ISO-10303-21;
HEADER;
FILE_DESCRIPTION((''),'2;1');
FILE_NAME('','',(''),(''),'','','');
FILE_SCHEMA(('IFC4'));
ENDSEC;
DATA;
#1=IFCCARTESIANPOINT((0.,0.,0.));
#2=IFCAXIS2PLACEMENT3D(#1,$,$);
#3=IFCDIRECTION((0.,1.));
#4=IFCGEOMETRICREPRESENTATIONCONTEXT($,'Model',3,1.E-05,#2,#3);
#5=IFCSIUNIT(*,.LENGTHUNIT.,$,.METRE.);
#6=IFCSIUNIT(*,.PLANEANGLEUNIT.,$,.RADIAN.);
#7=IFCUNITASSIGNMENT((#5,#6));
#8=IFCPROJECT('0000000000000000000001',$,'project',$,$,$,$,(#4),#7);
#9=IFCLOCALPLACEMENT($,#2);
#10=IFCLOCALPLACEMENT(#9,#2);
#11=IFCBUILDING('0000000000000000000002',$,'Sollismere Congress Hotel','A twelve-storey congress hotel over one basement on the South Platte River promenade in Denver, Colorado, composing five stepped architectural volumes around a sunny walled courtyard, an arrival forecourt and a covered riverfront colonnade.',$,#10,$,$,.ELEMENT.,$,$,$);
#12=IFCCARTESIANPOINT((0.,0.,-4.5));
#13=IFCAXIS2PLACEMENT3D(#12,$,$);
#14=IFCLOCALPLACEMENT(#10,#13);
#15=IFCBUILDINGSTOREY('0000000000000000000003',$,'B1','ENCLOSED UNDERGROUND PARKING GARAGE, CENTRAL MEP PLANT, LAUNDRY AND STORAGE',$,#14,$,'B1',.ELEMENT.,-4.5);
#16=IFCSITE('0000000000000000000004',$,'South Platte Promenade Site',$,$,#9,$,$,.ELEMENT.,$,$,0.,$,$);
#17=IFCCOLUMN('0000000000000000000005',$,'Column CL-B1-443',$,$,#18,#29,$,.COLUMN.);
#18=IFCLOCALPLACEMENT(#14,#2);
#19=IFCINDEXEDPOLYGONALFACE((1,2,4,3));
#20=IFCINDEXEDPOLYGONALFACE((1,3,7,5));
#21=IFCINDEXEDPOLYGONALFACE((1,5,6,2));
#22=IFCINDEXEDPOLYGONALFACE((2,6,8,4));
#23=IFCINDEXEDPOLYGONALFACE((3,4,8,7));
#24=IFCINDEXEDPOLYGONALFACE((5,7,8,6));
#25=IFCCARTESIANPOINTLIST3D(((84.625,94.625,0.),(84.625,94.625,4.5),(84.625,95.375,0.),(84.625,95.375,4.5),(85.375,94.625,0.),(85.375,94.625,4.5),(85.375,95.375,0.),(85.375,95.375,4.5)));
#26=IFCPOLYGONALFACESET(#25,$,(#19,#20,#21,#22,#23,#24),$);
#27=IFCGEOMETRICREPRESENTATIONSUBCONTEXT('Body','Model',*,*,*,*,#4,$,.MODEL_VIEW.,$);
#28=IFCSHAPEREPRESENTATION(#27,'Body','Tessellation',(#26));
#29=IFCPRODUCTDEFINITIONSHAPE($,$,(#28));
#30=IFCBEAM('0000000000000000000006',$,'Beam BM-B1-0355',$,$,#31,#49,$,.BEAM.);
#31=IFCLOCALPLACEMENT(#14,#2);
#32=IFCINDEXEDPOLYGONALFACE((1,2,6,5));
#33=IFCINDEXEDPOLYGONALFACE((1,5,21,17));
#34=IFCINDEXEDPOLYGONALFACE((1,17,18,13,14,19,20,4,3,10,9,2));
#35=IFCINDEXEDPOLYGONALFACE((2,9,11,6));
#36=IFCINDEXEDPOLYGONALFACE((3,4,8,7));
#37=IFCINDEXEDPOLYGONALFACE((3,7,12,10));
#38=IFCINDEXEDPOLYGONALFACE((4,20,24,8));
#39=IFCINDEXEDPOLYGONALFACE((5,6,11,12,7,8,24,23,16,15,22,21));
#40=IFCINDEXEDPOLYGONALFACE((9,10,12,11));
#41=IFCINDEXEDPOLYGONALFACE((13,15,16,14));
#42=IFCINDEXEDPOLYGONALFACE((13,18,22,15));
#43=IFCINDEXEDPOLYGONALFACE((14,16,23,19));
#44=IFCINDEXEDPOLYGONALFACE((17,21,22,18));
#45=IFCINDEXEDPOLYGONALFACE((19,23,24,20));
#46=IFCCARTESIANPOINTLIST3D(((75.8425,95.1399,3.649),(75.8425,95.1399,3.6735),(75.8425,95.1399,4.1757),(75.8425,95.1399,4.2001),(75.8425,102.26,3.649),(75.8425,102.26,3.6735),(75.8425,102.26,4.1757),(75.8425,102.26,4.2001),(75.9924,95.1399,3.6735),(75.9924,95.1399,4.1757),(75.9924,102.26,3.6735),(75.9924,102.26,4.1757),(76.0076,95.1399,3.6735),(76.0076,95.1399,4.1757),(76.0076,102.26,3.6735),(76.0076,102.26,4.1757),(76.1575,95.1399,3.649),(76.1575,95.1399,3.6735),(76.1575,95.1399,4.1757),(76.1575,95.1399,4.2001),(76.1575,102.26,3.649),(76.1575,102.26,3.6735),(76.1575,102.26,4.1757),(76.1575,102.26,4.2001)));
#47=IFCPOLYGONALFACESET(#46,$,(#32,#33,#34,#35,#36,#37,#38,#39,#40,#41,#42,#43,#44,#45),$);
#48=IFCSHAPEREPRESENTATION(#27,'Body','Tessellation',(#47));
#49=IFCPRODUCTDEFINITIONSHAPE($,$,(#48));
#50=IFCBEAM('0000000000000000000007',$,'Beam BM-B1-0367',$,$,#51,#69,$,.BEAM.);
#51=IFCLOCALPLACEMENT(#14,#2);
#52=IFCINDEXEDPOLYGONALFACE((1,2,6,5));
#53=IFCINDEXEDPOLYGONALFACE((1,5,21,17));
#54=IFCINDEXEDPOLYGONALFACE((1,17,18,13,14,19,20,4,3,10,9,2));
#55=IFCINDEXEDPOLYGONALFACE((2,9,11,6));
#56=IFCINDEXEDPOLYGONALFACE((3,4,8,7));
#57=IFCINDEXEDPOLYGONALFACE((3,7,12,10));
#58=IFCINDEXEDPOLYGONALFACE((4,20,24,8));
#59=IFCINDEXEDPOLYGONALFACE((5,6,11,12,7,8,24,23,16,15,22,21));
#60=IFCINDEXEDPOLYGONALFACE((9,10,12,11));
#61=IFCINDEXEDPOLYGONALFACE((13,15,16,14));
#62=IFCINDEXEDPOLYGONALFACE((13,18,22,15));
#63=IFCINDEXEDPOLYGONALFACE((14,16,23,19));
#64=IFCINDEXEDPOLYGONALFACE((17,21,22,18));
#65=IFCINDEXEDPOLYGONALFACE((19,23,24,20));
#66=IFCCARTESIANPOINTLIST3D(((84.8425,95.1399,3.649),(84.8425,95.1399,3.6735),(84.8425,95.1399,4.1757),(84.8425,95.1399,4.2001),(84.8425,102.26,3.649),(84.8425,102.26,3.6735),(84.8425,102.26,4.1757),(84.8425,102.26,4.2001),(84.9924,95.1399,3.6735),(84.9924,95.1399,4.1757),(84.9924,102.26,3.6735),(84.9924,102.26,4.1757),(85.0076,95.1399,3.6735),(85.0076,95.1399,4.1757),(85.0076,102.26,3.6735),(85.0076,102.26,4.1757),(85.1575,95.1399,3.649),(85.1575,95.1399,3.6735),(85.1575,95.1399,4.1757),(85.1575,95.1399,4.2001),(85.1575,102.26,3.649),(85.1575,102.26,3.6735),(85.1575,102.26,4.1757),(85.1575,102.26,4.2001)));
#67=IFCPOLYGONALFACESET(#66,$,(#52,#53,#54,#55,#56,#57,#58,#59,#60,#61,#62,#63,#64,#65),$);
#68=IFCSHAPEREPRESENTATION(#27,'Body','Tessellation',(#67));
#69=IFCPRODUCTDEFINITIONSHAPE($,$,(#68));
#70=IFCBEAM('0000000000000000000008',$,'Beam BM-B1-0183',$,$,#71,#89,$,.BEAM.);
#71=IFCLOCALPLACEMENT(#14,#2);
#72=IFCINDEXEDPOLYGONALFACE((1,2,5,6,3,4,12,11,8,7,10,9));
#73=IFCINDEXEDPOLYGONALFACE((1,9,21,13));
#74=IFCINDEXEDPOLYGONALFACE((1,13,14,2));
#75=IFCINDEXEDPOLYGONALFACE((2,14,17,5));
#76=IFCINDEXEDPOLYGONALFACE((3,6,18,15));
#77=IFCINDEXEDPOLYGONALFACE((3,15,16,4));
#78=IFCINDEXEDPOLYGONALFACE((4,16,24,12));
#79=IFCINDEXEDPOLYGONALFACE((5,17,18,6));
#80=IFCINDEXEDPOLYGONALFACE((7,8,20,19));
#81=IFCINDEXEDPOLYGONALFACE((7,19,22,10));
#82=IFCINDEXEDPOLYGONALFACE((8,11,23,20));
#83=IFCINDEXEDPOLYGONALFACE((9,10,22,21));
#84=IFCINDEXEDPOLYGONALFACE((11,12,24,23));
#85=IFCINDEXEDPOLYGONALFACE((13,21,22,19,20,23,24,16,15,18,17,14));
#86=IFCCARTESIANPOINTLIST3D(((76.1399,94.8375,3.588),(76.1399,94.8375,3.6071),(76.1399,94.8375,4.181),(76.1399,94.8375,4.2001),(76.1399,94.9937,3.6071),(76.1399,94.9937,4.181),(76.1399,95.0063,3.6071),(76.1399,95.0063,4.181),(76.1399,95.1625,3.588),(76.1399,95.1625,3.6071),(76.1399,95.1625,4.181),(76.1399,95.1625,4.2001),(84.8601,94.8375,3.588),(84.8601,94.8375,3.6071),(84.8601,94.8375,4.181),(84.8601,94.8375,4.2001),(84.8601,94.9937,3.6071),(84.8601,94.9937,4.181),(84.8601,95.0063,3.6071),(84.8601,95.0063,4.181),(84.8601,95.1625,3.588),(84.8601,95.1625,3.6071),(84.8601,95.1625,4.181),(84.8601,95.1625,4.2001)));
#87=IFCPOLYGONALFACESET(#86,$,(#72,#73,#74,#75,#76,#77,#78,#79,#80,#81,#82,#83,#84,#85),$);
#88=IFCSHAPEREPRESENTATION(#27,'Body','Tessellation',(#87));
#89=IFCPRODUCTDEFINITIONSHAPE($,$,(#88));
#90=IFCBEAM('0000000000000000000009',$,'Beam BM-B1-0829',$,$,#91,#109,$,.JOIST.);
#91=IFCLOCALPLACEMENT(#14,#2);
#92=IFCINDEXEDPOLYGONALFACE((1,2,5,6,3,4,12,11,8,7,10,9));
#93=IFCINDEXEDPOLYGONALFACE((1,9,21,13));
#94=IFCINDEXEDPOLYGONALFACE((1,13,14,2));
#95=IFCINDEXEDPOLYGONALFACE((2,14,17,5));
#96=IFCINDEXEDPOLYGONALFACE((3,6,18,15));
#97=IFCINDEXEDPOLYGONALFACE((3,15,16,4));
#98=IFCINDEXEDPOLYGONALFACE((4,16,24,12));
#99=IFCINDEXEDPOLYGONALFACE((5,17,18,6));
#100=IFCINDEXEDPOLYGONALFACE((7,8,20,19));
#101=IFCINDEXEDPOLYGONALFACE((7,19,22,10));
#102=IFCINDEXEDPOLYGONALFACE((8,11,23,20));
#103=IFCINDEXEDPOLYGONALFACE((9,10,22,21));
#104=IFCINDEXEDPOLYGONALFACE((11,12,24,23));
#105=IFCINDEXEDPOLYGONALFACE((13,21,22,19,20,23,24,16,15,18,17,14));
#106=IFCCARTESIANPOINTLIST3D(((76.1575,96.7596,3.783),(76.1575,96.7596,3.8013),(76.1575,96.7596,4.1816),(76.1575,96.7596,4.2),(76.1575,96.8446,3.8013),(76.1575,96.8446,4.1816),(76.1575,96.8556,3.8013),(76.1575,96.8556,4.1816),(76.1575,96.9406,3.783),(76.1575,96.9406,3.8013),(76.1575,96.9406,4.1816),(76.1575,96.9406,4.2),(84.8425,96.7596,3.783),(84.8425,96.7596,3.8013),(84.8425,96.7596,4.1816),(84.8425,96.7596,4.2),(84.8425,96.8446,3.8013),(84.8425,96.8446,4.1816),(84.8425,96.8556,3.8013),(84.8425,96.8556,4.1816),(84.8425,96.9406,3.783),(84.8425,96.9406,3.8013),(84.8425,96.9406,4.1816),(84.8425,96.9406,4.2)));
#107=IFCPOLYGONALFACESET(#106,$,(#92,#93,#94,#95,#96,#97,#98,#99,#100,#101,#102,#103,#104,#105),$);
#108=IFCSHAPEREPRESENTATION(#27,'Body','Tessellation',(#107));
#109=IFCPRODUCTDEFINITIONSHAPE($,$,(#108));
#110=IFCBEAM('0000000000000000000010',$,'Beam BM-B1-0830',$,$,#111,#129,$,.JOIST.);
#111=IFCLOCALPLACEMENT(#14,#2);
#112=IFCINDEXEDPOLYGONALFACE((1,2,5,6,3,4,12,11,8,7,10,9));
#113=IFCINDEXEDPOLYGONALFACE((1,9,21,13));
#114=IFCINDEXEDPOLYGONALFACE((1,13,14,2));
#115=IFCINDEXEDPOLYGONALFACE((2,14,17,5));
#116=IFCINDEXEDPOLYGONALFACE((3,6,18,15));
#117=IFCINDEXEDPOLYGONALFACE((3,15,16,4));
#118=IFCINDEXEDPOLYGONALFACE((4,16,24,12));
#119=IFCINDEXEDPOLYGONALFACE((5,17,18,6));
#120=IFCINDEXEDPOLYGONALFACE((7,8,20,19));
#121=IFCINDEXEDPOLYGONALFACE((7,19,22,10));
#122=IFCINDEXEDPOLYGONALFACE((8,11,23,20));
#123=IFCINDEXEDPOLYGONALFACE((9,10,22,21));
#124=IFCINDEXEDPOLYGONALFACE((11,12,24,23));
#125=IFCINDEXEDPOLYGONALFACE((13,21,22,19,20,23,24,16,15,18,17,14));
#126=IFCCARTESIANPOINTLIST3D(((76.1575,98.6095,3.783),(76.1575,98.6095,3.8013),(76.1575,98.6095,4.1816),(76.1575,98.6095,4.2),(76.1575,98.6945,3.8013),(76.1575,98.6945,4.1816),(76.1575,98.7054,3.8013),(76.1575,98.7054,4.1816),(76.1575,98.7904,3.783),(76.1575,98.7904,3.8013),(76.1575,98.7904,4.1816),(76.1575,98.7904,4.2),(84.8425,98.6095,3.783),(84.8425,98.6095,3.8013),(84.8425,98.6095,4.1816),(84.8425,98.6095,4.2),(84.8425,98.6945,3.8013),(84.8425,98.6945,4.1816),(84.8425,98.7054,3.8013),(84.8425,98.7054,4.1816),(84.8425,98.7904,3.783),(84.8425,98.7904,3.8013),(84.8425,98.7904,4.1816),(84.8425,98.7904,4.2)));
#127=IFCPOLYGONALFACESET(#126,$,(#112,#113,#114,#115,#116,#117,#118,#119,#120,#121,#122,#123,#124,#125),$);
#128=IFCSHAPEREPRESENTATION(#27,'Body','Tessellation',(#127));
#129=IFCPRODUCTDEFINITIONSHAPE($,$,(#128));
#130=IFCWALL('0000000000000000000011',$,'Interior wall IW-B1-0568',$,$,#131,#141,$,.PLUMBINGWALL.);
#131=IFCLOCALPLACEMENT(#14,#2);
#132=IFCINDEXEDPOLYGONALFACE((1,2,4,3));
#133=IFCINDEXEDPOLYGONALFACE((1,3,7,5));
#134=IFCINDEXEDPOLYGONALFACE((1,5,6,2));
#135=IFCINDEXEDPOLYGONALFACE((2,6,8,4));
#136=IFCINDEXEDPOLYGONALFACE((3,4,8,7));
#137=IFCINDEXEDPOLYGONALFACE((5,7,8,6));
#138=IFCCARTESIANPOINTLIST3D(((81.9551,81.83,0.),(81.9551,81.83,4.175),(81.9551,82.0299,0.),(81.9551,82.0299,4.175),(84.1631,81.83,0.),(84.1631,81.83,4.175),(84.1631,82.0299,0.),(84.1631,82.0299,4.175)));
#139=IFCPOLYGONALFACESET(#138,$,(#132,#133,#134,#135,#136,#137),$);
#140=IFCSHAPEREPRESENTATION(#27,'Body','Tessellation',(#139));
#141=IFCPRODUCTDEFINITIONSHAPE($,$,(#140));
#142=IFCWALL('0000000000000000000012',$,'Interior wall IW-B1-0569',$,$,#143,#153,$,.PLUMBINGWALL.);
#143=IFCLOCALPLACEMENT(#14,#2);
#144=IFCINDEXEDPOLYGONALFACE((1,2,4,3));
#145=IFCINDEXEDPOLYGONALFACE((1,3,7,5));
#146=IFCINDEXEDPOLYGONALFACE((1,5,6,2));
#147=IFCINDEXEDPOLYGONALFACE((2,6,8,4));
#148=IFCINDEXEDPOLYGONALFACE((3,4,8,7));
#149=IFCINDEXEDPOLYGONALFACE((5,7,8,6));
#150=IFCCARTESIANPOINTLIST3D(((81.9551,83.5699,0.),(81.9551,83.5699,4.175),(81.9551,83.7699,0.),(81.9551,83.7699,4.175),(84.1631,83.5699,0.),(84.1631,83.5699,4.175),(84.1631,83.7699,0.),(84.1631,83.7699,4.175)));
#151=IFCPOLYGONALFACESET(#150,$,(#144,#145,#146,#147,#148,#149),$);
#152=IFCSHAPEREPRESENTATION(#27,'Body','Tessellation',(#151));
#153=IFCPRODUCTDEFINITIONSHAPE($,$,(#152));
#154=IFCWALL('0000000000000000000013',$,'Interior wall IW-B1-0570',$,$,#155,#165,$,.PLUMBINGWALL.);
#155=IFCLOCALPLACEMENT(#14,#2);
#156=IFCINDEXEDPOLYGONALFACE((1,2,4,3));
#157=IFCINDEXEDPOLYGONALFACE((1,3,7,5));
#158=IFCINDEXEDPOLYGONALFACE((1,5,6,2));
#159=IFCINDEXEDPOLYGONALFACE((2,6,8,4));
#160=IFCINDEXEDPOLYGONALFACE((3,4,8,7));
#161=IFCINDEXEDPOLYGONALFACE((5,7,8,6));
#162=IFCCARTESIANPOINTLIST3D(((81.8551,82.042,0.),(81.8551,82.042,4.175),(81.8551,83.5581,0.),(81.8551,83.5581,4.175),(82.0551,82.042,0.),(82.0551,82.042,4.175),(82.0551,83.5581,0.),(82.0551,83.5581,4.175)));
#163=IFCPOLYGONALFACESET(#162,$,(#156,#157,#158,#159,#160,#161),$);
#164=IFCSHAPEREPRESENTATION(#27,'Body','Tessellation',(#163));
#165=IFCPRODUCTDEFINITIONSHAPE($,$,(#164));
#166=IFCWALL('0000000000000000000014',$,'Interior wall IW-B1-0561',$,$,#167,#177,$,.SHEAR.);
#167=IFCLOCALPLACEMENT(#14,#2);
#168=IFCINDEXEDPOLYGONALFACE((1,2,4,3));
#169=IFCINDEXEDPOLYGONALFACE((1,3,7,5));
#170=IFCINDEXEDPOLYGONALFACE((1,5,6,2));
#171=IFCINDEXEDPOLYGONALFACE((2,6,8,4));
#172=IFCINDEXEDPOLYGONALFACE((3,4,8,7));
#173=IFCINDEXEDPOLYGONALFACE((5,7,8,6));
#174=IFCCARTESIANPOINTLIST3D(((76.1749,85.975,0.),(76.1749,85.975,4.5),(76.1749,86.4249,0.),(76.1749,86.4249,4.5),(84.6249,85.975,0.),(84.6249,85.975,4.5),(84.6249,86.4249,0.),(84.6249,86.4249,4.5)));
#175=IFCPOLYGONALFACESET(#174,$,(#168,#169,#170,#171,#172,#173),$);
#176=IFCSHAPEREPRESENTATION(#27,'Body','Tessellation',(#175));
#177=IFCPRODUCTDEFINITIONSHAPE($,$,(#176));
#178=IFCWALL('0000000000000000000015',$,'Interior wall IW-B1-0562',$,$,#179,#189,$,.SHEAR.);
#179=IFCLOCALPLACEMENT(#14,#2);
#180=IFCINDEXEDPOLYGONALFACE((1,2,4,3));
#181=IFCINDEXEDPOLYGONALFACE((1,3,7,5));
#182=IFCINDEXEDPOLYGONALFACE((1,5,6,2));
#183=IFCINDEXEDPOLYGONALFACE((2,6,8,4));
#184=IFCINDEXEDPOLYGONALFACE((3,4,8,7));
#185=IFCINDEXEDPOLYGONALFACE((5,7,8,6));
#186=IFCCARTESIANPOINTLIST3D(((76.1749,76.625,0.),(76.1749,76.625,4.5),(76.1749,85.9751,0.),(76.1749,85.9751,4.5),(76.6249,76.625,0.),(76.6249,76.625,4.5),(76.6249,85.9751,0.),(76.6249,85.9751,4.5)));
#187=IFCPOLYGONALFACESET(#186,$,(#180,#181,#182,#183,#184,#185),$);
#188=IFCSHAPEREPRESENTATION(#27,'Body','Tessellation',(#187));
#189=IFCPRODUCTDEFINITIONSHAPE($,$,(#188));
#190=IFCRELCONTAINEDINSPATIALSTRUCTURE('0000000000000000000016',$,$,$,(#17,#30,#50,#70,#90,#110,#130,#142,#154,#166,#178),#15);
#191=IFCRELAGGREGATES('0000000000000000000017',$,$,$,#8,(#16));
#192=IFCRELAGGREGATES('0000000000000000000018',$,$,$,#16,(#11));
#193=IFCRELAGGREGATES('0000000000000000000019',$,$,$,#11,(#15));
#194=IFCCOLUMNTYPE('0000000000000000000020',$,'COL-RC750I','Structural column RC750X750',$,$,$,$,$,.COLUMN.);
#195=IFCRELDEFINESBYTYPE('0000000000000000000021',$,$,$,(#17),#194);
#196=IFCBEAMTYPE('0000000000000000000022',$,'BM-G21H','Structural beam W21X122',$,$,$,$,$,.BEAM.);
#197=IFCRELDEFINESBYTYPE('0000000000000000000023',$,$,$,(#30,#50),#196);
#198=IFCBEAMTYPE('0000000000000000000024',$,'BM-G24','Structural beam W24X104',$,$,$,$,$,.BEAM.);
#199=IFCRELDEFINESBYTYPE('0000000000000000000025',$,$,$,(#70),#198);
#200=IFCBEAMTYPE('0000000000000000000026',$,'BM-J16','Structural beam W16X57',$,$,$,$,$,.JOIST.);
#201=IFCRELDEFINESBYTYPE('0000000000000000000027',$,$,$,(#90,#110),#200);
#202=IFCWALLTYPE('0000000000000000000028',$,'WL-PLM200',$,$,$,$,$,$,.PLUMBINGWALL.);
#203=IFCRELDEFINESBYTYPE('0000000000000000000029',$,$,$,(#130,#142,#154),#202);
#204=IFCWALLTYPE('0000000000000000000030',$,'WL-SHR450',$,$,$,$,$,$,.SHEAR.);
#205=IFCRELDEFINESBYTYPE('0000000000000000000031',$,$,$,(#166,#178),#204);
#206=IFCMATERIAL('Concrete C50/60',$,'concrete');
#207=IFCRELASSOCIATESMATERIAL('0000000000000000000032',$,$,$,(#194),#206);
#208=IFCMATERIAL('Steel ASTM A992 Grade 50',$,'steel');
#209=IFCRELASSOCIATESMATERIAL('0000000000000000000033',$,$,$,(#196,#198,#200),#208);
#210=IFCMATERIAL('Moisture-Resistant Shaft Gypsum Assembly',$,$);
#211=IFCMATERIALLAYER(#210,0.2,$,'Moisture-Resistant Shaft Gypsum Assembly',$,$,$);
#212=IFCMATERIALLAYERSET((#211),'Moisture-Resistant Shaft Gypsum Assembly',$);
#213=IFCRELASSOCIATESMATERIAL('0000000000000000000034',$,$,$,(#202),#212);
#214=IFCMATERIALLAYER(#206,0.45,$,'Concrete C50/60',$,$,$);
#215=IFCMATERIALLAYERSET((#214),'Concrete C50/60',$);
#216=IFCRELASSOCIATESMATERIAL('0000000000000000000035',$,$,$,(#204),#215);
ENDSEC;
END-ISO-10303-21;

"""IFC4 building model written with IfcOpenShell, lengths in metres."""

from ifc_helpers import new_model, si_unit, direction, frame, frame_2d, origin, origin_2d, place, context, subcontext, project, spatial, rectangle, i_section, extrude, material, layer, layer_set, material_profile, profile_set, type_object, element, save


model = new_model("IFC4")

# Units and contexts
model_context = context("Model", 3, precision=1e-05, world=origin(), true_north=direction((0.0, 1.0)))
body_context = subcontext(model_context, "Body", "Model", "MODEL_VIEW")
ifc_project = project(units=[si_unit("LENGTHUNIT", "METRE"), si_unit("PLANEANGLEUNIT", "RADIAN")], contexts=[model_context])

# Site, building, storey
site_placement = place(None, origin())
site = spatial("IfcSite", under=ifc_project, at=site_placement, Name="South Platte Promenade Site", CompositionType="ELEMENT", RefElevation=0.0)
building_placement = place(site_placement, origin())
building = spatial("IfcBuilding", under=site, at=building_placement, Name="Sollismere Congress Hotel", Description="A twelve-storey congress hotel over one basement on the South Platte River promenade in Denver, Colorado, composing five stepped architectural volumes around a sunny walled courtyard, an arrival forecourt and a covered riverfront colonnade.", CompositionType="ELEMENT")
storey_placement = place(building_placement, frame((0.0, 0.0, -4.5)))
storey = spatial("IfcBuildingStorey", under=building, at=storey_placement, Name="B1", Description="ENCLOSED UNDERGROUND PARKING GARAGE, CENTRAL MEP PLANT, LAUNDRY AND STORAGE", LongName="B1", CompositionType="ELEMENT", Elevation=-4.5)

# Column
ifc_material_1 = material(Name="Concrete C50/60", Category="concrete")
ifc_material_profile_1 = material_profile(ifc_material_1, rectangle(XDim=0.75, YDim=0.75, at=origin_2d()), Name="RC750X750")
ifc_profile_set_1 = profile_set([ifc_material_profile_1], Name="Concrete C50/60")
column_type = type_object("IfcColumnType", Name="COL-RC750I", Description="Structural column RC750X750", PredefinedType="COLUMN", material=ifc_profile_set_1)
column_placement = place(storey_placement, frame((85.0, 95.0, 0.0), z_axis=(0.0, 0.0, 1.0), x_axis=(1.0, 0.0, 0.0)))
element("IfcColumn", 1, at=column_placement, inside=storey, type_object=column_type, Name="Column CL-B1-443", PredefinedType="COLUMN", context=body_context, shape_type="SweptSolid", body=[
    extrude(rectangle(XDim=0.75, YDim=0.75, at=origin_2d()), origin(), (0.0, 0.0, 1.0), 4.5),
])

# Beams
ifc_material_2 = material(Name="Steel ASTM A992 Grade 50", Category="steel")
ifc_material_profile_2 = material_profile(ifc_material_2, i_section(OverallWidth=0.3149, OverallDepth=0.551, WebThickness=0.0151, FlangeThickness=0.0244, at=origin_2d()), Name="W21X122")
ifc_profile_set_2 = profile_set([ifc_material_profile_2], Name="Steel ASTM A992 Grade 50")
beam_type_1 = type_object("IfcBeamType", Name="BM-G21H", Description="Structural beam W21X122", PredefinedType="BEAM", material=ifc_profile_set_2)
for number, where, z_axis, x_axis, name in (
    (2, (76.0, 95.1399, 3.9246), (0.0, 1.0, 0.0), (-1.0, 0.0, 0.0), "Beam BM-B1-0355"),
    (3, (85.0, 95.1399, 3.9246), (0.0, 1.0, 0.0), (-1.0, 0.0, 0.0), "Beam BM-B1-0367"),
):
    element("IfcBeam", number, at=place(storey_placement, frame(where, z_axis=z_axis, x_axis=x_axis)), inside=storey, type_object=beam_type_1, Name=name, PredefinedType="BEAM", context=body_context, shape_type="SweptSolid", body=[
        extrude(i_section(OverallWidth=0.3149, OverallDepth=0.551, WebThickness=0.0151, FlangeThickness=0.0244, at=origin_2d()), origin(), (0.0, 0.0, 1.0), 7.1201),
    ])
ifc_material_profile_3 = material_profile(ifc_material_2, i_section(OverallWidth=0.325, OverallDepth=0.6121, WebThickness=0.0127, FlangeThickness=0.019, at=origin_2d()), Name="W24X104")
ifc_profile_set_3 = profile_set([ifc_material_profile_3], Name="Steel ASTM A992 Grade 50")
beam_type_2 = type_object("IfcBeamType", Name="BM-G24", Description="Structural beam W24X104", PredefinedType="BEAM", material=ifc_profile_set_3)
beam_placement = place(storey_placement, frame((76.1399, 95.0, 3.894), z_axis=(1.0, 0.0, 0.0), x_axis=(0.0, 1.0, 0.0)))
element("IfcBeam", 4, at=beam_placement, inside=storey, type_object=beam_type_2, Name="Beam BM-B1-0183", PredefinedType="BEAM", context=body_context, shape_type="SweptSolid", body=[
    extrude(i_section(OverallWidth=0.325, OverallDepth=0.6121, WebThickness=0.0127, FlangeThickness=0.019, at=origin_2d()), origin(), (0.0, 0.0, 1.0), 8.7202),
])
ifc_material_profile_4 = material_profile(ifc_material_2, i_section(OverallWidth=0.1809, OverallDepth=0.417, WebThickness=0.011, FlangeThickness=0.0183, at=origin_2d()), Name="W16X57")
ifc_profile_set_4 = profile_set([ifc_material_profile_4], Name="Steel ASTM A992 Grade 50")
beam_type_3 = type_object("IfcBeamType", Name="BM-J16", Description="Structural beam W16X57", PredefinedType="JOIST", material=ifc_profile_set_4)
for number, where, z_axis, x_axis, name in (
    (5, (76.1575, 96.8501, 3.9915), (1.0, 0.0, 0.0), (0.0, 1.0, 0.0), "Beam BM-B1-0829"),
    (6, (76.1575, 98.7, 3.9915), (1.0, 0.0, 0.0), (0.0, 1.0, 0.0), "Beam BM-B1-0830"),
):
    element("IfcBeam", number, at=place(storey_placement, frame(where, z_axis=z_axis, x_axis=x_axis)), inside=storey, type_object=beam_type_3, Name=name, PredefinedType="JOIST", context=body_context, shape_type="SweptSolid", body=[
        extrude(i_section(OverallWidth=0.1809, OverallDepth=0.417, WebThickness=0.011, FlangeThickness=0.0183, at=origin_2d()), origin(), (0.0, 0.0, 1.0), 8.6851),
    ])

# Walls
ifc_material_3 = material(Name="Moisture-Resistant Shaft Gypsum Assembly")
ifc_layer_1 = layer(ifc_material_3, 0.2, Name="Moisture-Resistant Shaft Gypsum Assembly")
ifc_layer_set_1 = layer_set([ifc_layer_1], Name="Moisture-Resistant Shaft Gypsum Assembly")
wall_type_1 = type_object("IfcWallType", Name="WL-PLM200", PredefinedType="PLUMBINGWALL", material=ifc_layer_set_1)
for number, where, z_axis, x_axis, name in (
    (7, (81.9551, 81.9299, 0.0), (0.0, 0.0, 1.0), (1.0, 0.0, 0.0), "Interior wall IW-B1-0568"),
    (8, (81.9551, 83.6699, 0.0), (0.0, 0.0, 1.0), (1.0, 0.0, 0.0), "Interior wall IW-B1-0569"),
):
    element("IfcWall", number, at=place(storey_placement, frame(where, z_axis=z_axis, x_axis=x_axis)), inside=storey, type_object=wall_type_1, Name=name, PredefinedType="PLUMBINGWALL", context=body_context, shape_type="SweptSolid", body=[
        extrude(rectangle(XDim=2.208, YDim=0.2, at=frame_2d((1.104, 0.0))), origin(), (0.0, 0.0, 1.0), 4.175),
    ])
wall_1_placement = place(storey_placement, frame((81.9551, 82.042, 0.0), z_axis=(0.0, 0.0, 1.0), x_axis=(0.0, 1.0, 0.0)))
element("IfcWall", 9, at=wall_1_placement, inside=storey, type_object=wall_type_1, Name="Interior wall IW-B1-0570", PredefinedType="PLUMBINGWALL", context=body_context, shape_type="SweptSolid", body=[
    extrude(rectangle(XDim=1.5161, YDim=0.2, at=frame_2d((0.7581, 0.0))), origin(), (0.0, 0.0, 1.0), 4.175),
])
ifc_layer_2 = layer(ifc_material_1, 0.45, Name="Concrete C50/60")
ifc_layer_set_2 = layer_set([ifc_layer_2], Name="Concrete C50/60")
wall_type_2 = type_object("IfcWallType", Name="WL-SHR450", PredefinedType="SHEAR", material=ifc_layer_set_2)
wall_2_placement = place(storey_placement, frame((84.625, 86.2, 0.0), z_axis=(0.0, 0.0, 1.0), x_axis=(-1.0, 0.0, 0.0)))
element("IfcWall", 10, at=wall_2_placement, inside=storey, type_object=wall_type_2, Name="Interior wall IW-B1-0561", PredefinedType="SHEAR", context=body_context, shape_type="SweptSolid", body=[
    extrude(rectangle(XDim=8.45, YDim=0.45, at=frame_2d((4.2251, 0.0))), origin(), (0.0, 0.0, 1.0), 4.5),
])
wall_3_placement = place(storey_placement, frame((76.3999, 85.9751, 0.0), z_axis=(0.0, 0.0, 1.0), x_axis=(0.0, -1.0, 0.0)))
element("IfcWall", 11, at=wall_3_placement, inside=storey, type_object=wall_type_2, Name="Interior wall IW-B1-0562", PredefinedType="SHEAR", context=body_context, shape_type="SweptSolid", body=[
    extrude(rectangle(XDim=9.3501, YDim=0.45, at=frame_2d((4.675, 0.0))), origin(), (0.0, 0.0, 1.0), 4.5),
])

save(model, "model.ifc")
